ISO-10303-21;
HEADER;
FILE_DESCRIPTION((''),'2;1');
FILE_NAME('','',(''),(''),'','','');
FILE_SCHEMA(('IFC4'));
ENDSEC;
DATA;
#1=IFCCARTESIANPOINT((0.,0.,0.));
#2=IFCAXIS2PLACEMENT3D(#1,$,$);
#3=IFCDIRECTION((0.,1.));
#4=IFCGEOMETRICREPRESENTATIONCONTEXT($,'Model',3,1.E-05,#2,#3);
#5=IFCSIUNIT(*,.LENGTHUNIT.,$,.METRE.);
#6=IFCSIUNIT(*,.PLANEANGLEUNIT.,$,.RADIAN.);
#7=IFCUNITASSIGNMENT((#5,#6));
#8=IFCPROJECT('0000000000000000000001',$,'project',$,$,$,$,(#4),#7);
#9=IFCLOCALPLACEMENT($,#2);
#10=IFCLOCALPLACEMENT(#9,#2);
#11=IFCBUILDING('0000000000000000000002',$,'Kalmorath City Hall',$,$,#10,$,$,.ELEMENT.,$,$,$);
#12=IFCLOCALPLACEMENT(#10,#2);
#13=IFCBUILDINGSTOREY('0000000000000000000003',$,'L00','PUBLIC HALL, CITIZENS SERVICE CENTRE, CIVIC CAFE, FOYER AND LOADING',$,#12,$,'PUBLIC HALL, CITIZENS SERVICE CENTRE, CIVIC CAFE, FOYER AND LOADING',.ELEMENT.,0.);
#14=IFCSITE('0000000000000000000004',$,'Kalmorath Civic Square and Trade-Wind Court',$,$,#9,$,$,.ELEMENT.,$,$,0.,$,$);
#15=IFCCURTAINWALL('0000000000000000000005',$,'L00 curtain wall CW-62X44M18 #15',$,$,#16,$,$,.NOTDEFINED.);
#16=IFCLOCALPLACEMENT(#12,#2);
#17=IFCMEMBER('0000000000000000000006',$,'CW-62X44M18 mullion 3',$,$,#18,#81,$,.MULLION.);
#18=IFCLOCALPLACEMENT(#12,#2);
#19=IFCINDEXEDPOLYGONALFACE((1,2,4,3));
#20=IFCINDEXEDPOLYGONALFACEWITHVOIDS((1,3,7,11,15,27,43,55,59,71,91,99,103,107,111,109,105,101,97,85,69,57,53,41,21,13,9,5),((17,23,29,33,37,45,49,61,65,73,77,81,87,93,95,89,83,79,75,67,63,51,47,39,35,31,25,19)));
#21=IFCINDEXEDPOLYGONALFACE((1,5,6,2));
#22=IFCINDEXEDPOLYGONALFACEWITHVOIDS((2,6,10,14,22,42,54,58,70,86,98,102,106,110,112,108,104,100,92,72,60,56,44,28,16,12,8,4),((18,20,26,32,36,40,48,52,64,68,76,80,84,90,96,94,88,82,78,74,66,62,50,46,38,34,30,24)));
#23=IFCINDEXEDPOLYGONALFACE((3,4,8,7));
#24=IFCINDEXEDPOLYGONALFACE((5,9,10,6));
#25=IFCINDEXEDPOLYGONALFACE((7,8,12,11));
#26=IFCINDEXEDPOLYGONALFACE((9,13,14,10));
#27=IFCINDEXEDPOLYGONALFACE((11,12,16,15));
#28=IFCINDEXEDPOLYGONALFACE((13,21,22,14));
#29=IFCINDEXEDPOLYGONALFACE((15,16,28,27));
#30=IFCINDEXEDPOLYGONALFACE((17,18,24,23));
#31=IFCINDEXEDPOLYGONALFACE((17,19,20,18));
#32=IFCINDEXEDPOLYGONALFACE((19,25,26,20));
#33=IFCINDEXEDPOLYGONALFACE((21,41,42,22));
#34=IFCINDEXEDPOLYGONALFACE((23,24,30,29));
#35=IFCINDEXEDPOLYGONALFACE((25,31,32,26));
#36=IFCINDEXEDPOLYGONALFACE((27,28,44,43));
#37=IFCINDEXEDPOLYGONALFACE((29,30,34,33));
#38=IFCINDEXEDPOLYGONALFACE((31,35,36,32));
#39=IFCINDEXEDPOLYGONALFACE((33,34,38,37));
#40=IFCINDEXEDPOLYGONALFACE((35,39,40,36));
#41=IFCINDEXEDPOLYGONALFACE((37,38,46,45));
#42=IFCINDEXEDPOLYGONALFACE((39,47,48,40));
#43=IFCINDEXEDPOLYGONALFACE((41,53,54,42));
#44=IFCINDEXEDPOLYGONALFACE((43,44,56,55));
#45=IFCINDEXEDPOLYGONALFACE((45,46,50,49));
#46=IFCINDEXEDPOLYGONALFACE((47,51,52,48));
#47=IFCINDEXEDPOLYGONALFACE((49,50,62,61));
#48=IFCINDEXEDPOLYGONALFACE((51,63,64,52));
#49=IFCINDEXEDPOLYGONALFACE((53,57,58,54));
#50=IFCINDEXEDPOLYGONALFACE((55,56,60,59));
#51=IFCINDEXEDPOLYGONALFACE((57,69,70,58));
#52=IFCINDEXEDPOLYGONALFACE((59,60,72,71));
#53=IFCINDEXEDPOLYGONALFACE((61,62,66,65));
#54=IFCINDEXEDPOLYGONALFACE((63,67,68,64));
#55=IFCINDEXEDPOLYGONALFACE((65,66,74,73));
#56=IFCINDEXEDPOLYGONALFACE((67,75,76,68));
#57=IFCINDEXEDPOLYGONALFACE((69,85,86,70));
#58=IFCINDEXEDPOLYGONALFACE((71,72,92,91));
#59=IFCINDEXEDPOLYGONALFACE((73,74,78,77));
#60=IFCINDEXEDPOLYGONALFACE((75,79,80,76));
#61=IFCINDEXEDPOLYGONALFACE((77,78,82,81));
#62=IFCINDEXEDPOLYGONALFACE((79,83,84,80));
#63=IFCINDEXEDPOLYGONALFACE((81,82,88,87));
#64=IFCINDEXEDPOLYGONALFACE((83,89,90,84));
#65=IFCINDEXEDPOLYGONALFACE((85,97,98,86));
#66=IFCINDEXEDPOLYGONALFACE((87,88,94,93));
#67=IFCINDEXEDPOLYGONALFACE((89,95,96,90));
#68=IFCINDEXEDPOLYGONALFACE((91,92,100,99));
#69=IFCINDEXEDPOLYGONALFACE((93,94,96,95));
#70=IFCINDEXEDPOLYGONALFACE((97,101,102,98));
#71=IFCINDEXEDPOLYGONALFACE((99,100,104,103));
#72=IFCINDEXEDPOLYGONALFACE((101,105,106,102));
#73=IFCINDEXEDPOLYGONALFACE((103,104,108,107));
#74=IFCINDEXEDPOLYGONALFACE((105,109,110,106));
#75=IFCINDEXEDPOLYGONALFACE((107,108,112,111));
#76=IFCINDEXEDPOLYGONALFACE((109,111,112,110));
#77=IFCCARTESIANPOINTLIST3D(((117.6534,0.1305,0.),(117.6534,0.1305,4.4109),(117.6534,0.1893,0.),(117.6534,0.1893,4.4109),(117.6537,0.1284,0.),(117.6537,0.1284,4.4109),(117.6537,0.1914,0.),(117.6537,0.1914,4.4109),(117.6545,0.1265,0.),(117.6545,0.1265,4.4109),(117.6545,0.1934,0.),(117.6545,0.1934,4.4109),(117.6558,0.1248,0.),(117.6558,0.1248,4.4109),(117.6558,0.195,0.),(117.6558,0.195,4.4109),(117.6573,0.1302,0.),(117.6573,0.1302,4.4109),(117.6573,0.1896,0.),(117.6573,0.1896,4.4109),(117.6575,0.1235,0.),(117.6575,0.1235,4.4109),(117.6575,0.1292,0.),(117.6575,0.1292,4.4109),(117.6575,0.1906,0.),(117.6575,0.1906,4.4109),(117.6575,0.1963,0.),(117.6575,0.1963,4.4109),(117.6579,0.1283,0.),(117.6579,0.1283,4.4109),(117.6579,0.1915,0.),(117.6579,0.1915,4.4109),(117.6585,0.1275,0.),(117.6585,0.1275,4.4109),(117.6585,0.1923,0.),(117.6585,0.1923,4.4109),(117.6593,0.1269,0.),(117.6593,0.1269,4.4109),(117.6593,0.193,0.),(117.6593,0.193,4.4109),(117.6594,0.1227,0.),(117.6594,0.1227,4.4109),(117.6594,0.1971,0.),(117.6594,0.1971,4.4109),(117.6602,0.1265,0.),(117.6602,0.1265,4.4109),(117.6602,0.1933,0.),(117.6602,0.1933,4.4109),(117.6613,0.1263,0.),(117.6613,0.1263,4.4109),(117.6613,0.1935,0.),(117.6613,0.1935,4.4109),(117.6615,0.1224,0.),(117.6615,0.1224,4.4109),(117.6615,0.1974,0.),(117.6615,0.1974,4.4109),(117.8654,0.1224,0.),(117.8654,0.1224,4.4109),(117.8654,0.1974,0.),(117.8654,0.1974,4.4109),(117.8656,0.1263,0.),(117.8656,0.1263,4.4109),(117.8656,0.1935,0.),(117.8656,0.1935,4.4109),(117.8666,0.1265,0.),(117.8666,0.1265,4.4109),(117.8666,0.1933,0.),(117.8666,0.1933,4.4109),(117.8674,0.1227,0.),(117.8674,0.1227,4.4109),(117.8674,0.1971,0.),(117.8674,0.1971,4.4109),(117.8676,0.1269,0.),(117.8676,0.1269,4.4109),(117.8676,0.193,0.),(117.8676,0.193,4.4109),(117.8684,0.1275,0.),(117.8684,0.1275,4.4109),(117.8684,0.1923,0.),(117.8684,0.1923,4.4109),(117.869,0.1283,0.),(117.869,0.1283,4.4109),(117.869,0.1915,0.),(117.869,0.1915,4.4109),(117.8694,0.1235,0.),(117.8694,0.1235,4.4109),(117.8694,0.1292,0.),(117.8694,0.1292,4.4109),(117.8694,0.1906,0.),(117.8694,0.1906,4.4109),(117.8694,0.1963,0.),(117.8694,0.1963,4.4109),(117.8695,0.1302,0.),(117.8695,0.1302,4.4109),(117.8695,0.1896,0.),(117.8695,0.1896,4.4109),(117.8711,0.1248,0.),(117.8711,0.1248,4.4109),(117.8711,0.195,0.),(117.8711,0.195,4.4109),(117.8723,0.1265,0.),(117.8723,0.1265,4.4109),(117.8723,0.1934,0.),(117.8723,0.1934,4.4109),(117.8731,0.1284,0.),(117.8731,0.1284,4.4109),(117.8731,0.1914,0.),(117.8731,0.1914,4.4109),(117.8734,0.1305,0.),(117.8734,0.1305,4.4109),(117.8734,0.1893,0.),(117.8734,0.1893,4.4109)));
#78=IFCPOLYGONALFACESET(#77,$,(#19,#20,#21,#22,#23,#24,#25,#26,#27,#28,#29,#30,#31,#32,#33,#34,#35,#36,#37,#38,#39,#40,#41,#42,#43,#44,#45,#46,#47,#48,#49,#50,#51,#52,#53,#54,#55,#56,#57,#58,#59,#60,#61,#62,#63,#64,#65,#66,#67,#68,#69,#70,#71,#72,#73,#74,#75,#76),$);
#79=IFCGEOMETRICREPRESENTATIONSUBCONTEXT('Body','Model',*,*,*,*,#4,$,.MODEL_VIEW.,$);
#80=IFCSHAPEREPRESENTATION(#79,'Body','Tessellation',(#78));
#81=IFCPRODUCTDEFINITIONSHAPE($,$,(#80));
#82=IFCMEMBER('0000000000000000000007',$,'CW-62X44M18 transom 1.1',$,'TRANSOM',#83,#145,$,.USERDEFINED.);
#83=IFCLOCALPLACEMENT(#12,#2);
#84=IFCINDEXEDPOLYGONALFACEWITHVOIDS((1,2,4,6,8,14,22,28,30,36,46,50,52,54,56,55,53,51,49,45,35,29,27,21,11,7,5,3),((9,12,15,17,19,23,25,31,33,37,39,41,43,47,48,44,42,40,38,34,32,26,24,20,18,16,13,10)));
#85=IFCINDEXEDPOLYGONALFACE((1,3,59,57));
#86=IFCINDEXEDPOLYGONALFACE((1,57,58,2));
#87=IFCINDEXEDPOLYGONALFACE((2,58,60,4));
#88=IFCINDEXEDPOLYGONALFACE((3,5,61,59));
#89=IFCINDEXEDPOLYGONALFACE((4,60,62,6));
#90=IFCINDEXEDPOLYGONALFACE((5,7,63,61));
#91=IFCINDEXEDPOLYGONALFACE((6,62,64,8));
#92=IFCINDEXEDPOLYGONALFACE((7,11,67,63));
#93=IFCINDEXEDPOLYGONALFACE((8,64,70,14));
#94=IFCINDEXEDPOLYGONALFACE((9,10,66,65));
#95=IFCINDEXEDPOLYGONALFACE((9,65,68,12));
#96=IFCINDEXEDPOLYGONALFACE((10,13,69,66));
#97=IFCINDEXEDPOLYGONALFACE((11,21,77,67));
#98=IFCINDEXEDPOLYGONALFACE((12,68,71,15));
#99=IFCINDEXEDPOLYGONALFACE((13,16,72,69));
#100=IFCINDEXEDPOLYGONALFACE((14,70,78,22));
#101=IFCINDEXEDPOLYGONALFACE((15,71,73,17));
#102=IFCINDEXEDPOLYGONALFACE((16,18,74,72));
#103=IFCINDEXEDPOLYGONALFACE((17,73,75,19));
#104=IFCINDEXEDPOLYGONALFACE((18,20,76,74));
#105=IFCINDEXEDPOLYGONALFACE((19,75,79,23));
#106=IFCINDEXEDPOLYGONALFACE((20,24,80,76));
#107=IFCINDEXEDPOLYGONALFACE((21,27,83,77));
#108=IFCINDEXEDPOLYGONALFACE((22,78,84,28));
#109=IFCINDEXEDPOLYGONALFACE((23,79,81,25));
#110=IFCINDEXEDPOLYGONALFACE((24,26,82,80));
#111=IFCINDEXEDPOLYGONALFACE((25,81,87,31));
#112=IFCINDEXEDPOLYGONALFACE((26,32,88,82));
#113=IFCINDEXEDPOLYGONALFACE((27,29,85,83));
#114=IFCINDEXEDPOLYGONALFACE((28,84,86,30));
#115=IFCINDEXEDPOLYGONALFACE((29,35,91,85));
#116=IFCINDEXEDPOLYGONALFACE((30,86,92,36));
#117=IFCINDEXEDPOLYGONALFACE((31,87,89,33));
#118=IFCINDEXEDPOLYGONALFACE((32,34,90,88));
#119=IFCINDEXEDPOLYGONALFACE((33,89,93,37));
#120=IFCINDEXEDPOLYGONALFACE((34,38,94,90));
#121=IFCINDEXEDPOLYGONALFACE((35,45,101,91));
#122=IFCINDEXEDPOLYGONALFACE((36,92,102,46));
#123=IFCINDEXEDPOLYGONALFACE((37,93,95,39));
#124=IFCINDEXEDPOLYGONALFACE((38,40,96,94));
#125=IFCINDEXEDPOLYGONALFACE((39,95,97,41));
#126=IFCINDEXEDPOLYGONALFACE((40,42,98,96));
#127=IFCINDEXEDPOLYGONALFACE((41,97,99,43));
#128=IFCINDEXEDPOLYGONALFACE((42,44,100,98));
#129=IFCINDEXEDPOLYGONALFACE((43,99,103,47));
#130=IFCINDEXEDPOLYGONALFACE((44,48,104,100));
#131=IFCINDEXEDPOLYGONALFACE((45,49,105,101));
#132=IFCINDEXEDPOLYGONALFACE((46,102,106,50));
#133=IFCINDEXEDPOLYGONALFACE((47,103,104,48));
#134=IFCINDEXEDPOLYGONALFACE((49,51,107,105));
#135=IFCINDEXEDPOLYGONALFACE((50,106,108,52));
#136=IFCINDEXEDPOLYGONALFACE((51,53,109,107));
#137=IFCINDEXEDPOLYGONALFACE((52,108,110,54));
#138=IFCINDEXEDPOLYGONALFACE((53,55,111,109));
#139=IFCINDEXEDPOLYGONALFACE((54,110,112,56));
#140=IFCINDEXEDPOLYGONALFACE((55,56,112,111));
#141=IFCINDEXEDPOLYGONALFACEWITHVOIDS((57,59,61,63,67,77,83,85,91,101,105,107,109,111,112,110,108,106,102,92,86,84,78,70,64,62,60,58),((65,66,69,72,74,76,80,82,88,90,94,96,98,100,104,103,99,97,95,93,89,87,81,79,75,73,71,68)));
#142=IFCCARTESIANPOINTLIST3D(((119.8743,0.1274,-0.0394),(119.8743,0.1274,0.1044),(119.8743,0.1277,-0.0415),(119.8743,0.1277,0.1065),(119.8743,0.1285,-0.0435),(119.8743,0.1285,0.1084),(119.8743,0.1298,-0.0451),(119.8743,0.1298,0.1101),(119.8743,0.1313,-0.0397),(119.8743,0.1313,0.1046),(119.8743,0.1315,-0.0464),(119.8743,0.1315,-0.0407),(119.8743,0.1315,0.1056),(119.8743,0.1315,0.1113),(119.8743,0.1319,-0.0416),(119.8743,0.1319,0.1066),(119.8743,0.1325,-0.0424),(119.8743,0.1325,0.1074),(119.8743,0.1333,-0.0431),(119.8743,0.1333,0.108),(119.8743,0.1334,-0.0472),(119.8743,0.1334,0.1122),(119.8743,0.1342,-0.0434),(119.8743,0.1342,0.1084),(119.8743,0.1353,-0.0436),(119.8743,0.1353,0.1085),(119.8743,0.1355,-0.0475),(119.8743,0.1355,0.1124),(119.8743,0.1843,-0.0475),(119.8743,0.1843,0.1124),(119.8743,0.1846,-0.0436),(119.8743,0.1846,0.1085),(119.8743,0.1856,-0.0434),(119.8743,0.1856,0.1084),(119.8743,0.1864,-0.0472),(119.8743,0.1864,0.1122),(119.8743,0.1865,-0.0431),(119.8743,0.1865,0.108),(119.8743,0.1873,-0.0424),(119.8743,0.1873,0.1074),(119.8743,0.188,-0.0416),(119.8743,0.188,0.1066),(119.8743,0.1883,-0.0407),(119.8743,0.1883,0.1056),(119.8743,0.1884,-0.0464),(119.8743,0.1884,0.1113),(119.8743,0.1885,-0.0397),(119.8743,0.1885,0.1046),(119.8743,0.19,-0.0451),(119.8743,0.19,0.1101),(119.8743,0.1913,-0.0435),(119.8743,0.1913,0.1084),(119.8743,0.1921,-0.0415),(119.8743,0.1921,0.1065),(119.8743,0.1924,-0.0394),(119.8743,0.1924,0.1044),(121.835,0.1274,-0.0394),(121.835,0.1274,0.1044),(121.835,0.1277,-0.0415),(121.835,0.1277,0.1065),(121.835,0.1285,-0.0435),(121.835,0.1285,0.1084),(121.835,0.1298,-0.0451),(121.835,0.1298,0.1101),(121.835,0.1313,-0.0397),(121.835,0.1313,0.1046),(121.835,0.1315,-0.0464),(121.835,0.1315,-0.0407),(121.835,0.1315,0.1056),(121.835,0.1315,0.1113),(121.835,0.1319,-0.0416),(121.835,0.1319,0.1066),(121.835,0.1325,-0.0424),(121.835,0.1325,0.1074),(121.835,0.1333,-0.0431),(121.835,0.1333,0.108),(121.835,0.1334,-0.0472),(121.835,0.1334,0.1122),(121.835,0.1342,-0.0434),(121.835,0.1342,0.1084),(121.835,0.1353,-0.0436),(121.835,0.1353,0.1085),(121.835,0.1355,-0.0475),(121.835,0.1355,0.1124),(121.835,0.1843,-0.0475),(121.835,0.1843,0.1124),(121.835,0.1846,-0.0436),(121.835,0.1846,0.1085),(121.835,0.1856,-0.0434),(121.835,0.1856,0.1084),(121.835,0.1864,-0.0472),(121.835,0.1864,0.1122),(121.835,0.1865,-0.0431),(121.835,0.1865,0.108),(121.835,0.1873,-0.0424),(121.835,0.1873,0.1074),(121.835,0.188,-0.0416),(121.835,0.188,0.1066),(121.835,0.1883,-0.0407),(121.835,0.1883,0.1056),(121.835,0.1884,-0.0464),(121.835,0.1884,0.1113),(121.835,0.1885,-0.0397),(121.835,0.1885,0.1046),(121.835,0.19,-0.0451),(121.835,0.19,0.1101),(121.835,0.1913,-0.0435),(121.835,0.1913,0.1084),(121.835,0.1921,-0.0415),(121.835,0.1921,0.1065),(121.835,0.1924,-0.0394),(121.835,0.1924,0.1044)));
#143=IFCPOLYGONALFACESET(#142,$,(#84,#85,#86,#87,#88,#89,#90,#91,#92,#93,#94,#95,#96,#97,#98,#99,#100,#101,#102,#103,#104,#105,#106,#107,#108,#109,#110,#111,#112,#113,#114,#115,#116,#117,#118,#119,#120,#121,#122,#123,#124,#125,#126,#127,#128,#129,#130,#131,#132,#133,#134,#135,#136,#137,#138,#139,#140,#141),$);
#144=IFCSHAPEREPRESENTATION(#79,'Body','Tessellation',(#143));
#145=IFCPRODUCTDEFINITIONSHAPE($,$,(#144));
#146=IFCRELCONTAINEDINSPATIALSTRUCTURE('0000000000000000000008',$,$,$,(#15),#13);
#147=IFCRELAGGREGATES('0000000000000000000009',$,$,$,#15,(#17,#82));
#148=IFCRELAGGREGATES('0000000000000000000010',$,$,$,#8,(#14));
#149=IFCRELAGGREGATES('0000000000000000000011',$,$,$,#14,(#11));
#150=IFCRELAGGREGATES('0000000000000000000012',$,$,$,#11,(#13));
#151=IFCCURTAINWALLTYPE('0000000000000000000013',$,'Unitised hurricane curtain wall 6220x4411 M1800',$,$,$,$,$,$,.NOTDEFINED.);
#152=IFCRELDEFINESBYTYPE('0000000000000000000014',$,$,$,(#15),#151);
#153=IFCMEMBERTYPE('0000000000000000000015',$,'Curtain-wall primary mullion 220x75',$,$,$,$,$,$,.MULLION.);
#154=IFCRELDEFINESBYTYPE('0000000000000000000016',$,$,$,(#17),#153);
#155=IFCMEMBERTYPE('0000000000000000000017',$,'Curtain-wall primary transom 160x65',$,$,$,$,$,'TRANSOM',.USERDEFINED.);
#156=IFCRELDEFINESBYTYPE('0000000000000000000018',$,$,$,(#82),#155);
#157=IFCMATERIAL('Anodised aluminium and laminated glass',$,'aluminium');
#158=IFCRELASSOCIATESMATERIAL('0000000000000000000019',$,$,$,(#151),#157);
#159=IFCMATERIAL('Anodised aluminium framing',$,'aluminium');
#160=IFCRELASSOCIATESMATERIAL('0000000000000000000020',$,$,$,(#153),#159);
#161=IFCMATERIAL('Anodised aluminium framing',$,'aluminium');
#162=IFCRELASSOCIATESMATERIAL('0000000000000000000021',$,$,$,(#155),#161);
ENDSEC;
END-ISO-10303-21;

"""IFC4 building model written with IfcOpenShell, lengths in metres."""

from ifc_helpers import new_model, si_unit, direction, frame, origin, origin_2d, place, context, subcontext, project, spatial, hollow_rectangle, extrude, material, material_profile, profile_set, type_object, element, aggregate, save


model = new_model("IFC4")

# Units and contexts
model_context = context("Model", 3, precision=1e-05, world=origin(), true_north=direction((0.0, 1.0)))
body_context = subcontext(model_context, "Body", "Model", "MODEL_VIEW")
ifc_project = project(units=[si_unit("LENGTHUNIT", "METRE"), si_unit("PLANEANGLEUNIT", "RADIAN")], contexts=[model_context])

# Site, building, storey
site_placement = place(None, origin())
site = spatial("IfcSite", under=ifc_project, at=site_placement, Name="Kalmorath Civic Square and Trade-Wind Court", CompositionType="ELEMENT", RefElevation=0.0)
building_placement = place(site_placement, origin())
building = spatial("IfcBuilding", under=site, at=building_placement, Name="Kalmorath City Hall", CompositionType="ELEMENT")
storey_placement = place(building_placement, origin())
storey = spatial("IfcBuildingStorey", under=building, at=storey_placement, Name="L00", Description="PUBLIC HALL, CITIZENS SERVICE CENTRE, CIVIC CAFE, FOYER AND LOADING", LongName="PUBLIC HALL, CITIZENS SERVICE CENTRE, CIVIC CAFE, FOYER AND LOADING", CompositionType="ELEMENT", Elevation=0.0)

# Curtain wall, members
ifc_material_1 = material(Name="Anodised aluminium and laminated glass", Category="aluminium")
curtain_wall_type = type_object("IfcCurtainWallType", Name="Unitised hurricane curtain wall 6220x4411 M1800", PredefinedType="NOTDEFINED", material=ifc_material_1)
curtain_wall_placement = place(storey_placement, origin())
curtain_wall = element("IfcCurtainWall", 1, at=curtain_wall_placement, inside=storey, type_object=curtain_wall_type, Name="L00 curtain wall CW-62X44M18 #15", PredefinedType="NOTDEFINED")
ifc_material_2 = material(Name="Anodised aluminium framing", Category="aluminium")
ifc_material_profile_1 = material_profile(ifc_material_2, hollow_rectangle(XDim=0.075, YDim=0.22, WallThickness=0.0039, InnerFilletRadius=0.0039, OuterFilletRadius=0.0081, at=origin_2d()), Name="ALU-MUL-220X75X4")
ifc_profile_set_1 = profile_set([ifc_material_profile_1], Name="Anodised aluminium framing")
member_type_1 = type_object("IfcMemberType", Name="Curtain-wall primary mullion 220x75", PredefinedType="MULLION", material=ifc_profile_set_1)
member_1_placement = place(storey_placement, frame((117.7634, 0.1599, 0.0), z_axis=(0.0, 0.0, 1.0), x_axis=(0.0, -1.0, 0.0)))
member_1 = element("IfcMember", 2, at=member_1_placement, type_object=member_type_1, Name="CW-62X44M18 mullion 3", PredefinedType="MULLION", context=body_context, shape_type="SweptSolid", body=[
    extrude(hollow_rectangle(XDim=0.075, YDim=0.22, WallThickness=0.0039, InnerFilletRadius=0.0039, OuterFilletRadius=0.0081, at=origin_2d()), origin(), (0.0, 0.0, 1.0), 4.4109),
])
ifc_material_3 = material(Name="Anodised aluminium framing", Category="aluminium")
ifc_material_profile_2 = material_profile(ifc_material_3, hollow_rectangle(XDim=0.0649, YDim=0.1599, WallThickness=0.0039, InnerFilletRadius=0.0039, OuterFilletRadius=0.0081, at=origin_2d()), Name="ALU-TRN-160X65X4")
ifc_profile_set_2 = profile_set([ifc_material_profile_2], Name="Anodised aluminium framing")
member_type_2 = type_object("IfcMemberType", Name="Curtain-wall primary transom 160x65", ElementType="TRANSOM", PredefinedType="USERDEFINED", material=ifc_profile_set_2)
member_2_placement = place(storey_placement, frame((121.835, 0.1599, 0.0325), z_axis=(-1.0, 0.0, 0.0), x_axis=(0.0, -1.0, 0.0)))
member_2 = element("IfcMember", 3, at=member_2_placement, type_object=member_type_2, Name="CW-62X44M18 transom 1.1", ObjectType="TRANSOM", PredefinedType="USERDEFINED", context=body_context, shape_type="SweptSolid", body=[
    extrude(hollow_rectangle(XDim=0.0649, YDim=0.1599, WallThickness=0.0039, InnerFilletRadius=0.0039, OuterFilletRadius=0.0081, at=origin_2d()), origin(), (0.0, 0.0, 1.0), 1.9607),
])
aggregate(curtain_wall, [member_1, member_2])

save(model, "model.ifc")
